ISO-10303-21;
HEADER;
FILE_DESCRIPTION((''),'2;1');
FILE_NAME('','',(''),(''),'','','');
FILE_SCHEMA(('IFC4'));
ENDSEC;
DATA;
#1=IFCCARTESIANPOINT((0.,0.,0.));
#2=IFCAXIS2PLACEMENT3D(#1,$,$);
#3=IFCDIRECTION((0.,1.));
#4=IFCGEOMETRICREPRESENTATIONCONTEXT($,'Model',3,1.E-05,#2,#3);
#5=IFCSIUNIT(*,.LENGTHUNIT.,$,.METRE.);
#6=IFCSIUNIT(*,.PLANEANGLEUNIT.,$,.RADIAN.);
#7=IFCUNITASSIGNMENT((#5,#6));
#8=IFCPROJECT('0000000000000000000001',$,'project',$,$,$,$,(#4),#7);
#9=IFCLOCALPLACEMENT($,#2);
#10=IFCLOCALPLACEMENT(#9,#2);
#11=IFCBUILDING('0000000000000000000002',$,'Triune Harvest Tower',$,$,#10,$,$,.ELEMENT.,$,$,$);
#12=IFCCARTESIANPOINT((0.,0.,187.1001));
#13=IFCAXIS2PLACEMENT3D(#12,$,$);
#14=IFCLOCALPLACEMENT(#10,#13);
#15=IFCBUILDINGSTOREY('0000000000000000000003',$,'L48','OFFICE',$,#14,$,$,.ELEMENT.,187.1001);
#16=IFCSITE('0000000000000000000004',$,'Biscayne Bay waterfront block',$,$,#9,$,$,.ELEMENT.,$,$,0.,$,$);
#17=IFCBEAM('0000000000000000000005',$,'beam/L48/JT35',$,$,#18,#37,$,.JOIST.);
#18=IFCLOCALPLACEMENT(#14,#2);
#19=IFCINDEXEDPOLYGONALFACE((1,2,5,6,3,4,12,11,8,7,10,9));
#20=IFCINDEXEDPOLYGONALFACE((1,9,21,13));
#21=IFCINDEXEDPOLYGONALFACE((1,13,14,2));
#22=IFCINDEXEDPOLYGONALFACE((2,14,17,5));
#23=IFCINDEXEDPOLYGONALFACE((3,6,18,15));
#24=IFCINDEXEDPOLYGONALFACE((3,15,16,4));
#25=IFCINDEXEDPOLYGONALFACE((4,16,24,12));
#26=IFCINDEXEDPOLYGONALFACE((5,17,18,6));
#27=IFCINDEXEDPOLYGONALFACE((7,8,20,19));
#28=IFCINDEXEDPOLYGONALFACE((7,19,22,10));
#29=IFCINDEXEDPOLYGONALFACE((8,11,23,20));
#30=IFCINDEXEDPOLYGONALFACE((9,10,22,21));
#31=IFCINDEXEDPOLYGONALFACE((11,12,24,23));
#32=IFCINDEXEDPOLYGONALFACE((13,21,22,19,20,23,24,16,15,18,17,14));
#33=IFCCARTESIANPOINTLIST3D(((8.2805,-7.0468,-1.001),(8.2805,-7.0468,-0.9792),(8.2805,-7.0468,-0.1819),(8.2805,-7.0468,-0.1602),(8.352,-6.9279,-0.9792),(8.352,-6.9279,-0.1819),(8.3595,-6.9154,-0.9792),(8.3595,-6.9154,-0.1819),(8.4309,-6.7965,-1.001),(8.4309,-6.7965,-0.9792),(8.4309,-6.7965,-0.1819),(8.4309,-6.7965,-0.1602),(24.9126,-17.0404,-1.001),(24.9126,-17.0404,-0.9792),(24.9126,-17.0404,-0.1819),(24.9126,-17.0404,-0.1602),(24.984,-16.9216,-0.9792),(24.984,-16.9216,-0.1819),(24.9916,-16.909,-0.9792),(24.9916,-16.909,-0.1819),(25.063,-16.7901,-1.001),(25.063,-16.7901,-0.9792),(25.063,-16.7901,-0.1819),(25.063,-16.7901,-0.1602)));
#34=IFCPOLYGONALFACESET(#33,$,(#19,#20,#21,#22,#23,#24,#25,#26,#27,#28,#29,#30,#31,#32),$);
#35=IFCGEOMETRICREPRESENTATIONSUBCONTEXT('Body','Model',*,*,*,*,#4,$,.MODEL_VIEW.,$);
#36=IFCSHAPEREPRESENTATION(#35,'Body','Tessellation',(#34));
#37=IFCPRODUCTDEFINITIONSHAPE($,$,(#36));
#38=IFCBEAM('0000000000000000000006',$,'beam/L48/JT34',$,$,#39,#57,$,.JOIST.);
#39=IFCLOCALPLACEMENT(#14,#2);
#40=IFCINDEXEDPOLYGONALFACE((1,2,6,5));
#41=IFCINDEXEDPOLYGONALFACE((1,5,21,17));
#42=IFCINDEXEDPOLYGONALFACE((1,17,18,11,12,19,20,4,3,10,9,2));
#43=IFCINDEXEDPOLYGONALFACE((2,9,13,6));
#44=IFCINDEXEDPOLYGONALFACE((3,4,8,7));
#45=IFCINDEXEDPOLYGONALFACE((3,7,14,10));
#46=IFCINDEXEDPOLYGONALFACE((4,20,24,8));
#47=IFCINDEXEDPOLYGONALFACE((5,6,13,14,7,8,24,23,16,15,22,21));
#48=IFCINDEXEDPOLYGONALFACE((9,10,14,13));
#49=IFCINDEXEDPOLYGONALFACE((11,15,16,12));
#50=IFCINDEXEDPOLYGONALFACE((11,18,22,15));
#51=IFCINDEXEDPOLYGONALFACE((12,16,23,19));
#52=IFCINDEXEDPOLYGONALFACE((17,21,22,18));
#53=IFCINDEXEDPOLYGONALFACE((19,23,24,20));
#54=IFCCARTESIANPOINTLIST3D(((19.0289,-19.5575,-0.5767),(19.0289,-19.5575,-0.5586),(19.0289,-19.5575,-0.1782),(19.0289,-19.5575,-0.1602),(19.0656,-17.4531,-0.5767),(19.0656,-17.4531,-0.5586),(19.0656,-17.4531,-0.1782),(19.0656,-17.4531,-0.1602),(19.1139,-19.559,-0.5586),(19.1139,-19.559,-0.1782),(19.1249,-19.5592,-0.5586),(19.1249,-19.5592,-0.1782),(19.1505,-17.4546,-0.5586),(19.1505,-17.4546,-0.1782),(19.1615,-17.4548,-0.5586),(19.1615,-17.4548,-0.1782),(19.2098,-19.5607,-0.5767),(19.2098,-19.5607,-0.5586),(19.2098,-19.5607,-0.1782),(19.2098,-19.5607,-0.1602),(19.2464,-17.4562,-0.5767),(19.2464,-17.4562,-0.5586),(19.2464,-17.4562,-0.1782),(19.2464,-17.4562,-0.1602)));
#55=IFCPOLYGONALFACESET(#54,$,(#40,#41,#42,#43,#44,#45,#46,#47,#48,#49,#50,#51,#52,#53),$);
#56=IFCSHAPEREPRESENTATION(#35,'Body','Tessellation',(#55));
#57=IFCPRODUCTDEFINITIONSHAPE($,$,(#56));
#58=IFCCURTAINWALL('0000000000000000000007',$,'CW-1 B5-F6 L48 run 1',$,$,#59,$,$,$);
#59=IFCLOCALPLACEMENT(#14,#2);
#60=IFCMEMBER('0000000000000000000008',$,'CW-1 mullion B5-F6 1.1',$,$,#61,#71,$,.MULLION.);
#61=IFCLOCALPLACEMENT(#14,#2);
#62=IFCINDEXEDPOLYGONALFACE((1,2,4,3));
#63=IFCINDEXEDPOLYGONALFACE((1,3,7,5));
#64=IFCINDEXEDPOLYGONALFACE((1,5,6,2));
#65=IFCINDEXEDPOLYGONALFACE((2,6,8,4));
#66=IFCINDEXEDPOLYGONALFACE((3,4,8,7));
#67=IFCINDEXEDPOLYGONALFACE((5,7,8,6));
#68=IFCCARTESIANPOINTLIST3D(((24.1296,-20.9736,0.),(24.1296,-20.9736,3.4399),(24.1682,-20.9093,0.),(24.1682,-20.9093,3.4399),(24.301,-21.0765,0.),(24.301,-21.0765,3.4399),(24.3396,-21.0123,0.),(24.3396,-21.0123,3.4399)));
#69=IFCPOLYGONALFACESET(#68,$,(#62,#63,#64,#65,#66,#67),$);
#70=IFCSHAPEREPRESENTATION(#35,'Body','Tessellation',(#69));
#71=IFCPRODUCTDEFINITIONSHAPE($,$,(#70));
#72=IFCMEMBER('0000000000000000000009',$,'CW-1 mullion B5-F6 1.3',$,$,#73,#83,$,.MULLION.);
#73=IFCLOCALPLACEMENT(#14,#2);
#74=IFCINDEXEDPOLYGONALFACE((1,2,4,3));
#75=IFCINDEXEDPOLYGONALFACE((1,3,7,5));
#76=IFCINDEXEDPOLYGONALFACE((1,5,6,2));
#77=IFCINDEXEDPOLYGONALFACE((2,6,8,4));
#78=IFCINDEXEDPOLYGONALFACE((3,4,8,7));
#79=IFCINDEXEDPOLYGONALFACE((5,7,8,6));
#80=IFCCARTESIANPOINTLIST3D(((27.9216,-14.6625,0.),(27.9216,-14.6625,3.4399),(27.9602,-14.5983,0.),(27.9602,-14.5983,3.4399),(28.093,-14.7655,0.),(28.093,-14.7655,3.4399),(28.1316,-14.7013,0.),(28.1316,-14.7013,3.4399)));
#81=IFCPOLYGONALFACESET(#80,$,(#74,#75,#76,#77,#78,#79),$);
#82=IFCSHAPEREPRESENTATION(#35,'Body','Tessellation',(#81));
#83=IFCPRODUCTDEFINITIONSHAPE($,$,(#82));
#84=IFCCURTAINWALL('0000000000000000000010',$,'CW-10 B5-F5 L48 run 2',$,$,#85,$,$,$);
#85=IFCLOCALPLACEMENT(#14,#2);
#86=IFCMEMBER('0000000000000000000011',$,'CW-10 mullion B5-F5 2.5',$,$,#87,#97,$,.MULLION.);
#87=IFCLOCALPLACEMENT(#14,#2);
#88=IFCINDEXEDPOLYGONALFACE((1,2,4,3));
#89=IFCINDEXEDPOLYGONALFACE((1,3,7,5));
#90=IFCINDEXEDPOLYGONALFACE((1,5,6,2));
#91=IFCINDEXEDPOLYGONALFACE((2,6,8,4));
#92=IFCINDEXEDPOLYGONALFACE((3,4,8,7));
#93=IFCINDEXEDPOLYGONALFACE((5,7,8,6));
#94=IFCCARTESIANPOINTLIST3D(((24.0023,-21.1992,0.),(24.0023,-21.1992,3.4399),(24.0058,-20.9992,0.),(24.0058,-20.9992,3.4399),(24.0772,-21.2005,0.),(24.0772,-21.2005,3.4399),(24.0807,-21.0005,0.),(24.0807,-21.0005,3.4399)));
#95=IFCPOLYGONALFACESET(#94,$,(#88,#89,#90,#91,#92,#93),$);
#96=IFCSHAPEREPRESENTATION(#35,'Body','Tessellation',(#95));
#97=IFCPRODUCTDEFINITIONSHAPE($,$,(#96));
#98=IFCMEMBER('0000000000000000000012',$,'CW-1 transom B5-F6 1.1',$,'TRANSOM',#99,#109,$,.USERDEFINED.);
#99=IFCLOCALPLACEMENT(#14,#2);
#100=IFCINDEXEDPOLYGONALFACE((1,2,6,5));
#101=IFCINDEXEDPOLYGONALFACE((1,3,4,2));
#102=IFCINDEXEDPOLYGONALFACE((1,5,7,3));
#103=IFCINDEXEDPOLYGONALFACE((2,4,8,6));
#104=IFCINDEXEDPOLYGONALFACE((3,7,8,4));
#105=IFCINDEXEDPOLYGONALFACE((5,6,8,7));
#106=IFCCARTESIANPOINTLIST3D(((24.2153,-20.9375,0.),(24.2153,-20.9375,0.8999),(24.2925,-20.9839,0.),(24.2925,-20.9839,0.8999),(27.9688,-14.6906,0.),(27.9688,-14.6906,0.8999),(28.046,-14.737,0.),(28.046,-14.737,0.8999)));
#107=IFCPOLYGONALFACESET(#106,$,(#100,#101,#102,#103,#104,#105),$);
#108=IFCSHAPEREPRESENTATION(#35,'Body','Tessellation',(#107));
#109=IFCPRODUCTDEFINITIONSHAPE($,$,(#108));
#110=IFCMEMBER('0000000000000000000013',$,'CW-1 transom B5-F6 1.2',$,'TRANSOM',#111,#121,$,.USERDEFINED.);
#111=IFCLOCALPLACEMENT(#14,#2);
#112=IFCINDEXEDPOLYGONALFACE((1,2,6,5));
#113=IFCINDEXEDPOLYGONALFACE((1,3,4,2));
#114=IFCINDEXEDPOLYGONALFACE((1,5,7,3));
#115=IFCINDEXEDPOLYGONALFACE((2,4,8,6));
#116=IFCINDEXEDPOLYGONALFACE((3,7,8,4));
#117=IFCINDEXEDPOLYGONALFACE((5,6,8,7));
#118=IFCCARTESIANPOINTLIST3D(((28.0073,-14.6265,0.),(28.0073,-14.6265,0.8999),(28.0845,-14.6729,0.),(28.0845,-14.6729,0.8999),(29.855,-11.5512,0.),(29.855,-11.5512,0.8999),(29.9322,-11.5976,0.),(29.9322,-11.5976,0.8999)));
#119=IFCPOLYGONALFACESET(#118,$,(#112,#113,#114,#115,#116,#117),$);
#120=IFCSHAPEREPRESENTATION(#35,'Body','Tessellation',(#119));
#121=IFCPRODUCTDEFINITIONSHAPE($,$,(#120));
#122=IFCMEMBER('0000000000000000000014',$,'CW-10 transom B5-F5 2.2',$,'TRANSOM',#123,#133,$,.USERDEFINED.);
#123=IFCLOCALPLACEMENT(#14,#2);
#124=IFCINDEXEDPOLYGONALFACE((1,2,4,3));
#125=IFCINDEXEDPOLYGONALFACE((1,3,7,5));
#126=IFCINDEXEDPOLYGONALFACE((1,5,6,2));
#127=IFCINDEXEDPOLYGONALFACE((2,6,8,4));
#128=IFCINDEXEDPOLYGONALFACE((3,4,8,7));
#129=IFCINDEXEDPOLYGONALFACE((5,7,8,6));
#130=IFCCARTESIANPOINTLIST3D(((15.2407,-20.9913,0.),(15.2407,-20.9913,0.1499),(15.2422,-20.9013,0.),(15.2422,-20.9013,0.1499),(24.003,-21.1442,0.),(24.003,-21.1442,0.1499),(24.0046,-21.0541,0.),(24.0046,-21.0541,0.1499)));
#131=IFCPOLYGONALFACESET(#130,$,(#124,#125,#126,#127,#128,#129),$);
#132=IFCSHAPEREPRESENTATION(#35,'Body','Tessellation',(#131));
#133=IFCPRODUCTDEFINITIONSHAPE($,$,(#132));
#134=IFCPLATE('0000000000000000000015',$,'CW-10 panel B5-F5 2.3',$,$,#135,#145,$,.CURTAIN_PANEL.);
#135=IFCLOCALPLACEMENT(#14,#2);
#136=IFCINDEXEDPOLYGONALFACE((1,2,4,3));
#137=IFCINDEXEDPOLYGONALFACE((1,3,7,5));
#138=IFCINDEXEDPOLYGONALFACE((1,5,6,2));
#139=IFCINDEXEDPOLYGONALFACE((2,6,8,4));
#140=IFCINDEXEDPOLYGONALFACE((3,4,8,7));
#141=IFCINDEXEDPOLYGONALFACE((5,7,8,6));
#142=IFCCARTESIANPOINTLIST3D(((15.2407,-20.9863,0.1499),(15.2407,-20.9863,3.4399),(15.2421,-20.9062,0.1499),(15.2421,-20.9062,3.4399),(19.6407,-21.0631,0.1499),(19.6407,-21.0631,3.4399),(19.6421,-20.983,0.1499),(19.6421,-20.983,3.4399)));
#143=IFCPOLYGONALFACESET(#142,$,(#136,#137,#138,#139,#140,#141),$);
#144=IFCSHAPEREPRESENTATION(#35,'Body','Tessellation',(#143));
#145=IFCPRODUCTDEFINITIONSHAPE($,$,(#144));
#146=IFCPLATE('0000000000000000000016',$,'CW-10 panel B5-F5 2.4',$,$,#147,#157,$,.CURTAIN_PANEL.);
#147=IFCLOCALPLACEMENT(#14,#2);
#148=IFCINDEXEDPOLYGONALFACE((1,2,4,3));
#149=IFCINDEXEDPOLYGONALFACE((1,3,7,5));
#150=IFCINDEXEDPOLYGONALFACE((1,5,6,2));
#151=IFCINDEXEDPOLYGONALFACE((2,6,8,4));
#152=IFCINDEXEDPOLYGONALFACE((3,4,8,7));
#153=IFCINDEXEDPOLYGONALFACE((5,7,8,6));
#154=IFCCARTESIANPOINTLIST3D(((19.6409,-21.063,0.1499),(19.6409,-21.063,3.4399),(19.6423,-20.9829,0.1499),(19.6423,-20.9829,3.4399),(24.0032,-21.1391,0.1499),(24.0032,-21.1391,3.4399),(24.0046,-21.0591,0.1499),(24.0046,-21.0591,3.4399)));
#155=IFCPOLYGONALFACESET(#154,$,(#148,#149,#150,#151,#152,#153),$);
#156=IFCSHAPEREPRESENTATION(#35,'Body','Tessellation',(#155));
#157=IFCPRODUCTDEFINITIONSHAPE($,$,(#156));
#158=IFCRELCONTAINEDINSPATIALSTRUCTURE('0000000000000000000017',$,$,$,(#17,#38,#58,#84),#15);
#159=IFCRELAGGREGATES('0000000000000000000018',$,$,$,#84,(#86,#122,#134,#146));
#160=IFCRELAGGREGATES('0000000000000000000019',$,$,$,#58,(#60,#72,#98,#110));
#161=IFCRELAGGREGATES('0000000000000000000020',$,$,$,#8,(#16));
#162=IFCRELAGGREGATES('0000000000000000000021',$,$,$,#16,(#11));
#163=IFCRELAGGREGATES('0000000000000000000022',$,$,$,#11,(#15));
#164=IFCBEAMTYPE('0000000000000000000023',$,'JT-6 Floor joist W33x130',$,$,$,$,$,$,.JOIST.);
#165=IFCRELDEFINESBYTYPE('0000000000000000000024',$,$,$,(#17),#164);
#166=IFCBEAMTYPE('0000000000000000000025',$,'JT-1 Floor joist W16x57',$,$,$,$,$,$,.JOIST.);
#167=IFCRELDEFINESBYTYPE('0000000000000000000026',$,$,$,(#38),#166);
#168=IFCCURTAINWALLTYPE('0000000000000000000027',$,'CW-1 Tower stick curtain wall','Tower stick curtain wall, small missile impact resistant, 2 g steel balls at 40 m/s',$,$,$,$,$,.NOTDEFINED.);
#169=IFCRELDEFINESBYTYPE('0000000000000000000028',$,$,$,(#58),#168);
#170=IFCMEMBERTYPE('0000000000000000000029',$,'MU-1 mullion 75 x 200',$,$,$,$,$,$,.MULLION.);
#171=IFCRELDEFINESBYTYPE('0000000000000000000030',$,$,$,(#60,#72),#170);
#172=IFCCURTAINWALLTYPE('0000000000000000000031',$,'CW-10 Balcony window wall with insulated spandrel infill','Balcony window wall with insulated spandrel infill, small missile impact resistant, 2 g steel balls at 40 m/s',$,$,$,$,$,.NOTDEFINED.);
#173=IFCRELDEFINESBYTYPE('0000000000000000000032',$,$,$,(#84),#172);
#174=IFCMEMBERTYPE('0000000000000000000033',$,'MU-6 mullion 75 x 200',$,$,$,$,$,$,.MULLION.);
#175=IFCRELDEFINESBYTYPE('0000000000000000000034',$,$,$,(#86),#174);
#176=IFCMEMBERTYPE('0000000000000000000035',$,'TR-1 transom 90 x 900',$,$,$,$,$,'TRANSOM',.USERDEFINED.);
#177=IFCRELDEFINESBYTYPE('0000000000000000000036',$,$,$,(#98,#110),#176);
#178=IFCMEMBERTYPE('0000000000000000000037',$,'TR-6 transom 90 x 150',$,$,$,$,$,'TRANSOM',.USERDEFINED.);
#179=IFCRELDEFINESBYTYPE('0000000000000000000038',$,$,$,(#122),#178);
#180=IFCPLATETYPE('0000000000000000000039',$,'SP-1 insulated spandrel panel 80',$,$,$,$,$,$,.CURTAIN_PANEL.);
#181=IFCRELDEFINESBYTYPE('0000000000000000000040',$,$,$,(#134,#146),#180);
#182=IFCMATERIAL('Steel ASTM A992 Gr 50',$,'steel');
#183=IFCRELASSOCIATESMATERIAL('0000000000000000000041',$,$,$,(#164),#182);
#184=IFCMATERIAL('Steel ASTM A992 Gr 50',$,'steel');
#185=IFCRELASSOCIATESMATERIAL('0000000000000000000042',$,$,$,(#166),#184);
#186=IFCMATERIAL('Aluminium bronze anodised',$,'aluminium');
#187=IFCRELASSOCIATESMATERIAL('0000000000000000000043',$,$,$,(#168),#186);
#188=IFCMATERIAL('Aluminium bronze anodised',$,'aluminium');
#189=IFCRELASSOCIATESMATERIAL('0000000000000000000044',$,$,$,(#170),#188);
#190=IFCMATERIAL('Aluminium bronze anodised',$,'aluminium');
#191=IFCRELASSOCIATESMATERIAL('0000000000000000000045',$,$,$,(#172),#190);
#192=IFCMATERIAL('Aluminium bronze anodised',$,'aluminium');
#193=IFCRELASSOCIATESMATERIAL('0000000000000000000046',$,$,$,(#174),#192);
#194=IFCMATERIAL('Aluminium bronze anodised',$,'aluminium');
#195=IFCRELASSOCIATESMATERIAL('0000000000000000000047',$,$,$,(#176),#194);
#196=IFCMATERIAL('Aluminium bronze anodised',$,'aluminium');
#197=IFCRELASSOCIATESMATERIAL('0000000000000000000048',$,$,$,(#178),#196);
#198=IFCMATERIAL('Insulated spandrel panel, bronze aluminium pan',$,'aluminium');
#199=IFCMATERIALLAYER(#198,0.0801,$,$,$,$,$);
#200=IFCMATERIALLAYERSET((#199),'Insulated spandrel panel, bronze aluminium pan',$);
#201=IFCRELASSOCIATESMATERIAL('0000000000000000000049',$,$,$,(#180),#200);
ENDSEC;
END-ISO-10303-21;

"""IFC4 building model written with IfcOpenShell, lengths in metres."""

from ifc_helpers import new_model, si_unit, direction, frame, origin, origin_2d, place, context, subcontext, project, spatial, rectangle, i_section, extrude, source, transform, mapped, material, layer, layer_set, material_profile, profile_set, type_object, element, aggregate, save


model = new_model("IFC4")

# Units and contexts
model_context = context("Model", 3, precision=1e-05, world=origin(), true_north=direction((0.0, 1.0)))
body_context = subcontext(model_context, "Body", "Model", "MODEL_VIEW")
ifc_project = project(units=[si_unit("LENGTHUNIT", "METRE"), si_unit("PLANEANGLEUNIT", "RADIAN")], contexts=[model_context])

# Site, building, storey
site_placement = place(None, origin())
site = spatial("IfcSite", under=ifc_project, at=site_placement, Name="Biscayne Bay waterfront block", CompositionType="ELEMENT", RefElevation=0.0)
building_placement = place(site_placement, origin())
building = spatial("IfcBuilding", under=site, at=building_placement, Name="Triune Harvest Tower", CompositionType="ELEMENT")
storey_placement = place(building_placement, frame((0.0, 0.0, 187.1001)))
storey = spatial("IfcBuildingStorey", under=building, at=storey_placement, Name="L48", Description="OFFICE", CompositionType="ELEMENT", Elevation=187.1001)

# Beams
ifc_material_1 = material(Name="Steel ASTM A992 Gr 50", Category="steel")
ifc_material_profile_1 = material_profile(ifc_material_1, i_section(OverallWidth=0.292, OverallDepth=0.8408, WebThickness=0.0146, FlangeThickness=0.0217, at=origin_2d()), Name="W33x130")
ifc_profile_set_1 = profile_set([ifc_material_profile_1], Name="Steel ASTM A992 Gr 50")
beam_type_1 = type_object("IfcBeamType", Name="JT-6 Floor joist W33x130", PredefinedType="JOIST", material=ifc_profile_set_1)
shared_shape_1 = source(origin(), body_context, "Body", "SweptSolid", [
    extrude(i_section(OverallWidth=0.292, OverallDepth=0.8408, WebThickness=0.0146, FlangeThickness=0.0217, at=origin_2d()), origin(), (0.0, 0.0, 1.0), 19.4036),
])
beam_1_placement = place(storey_placement, frame((24.9878, -16.9153, -0.5806), z_axis=(-0.857165, 0.515041, 0.0), x_axis=(-0.515041, -0.857165, 0.0)))
element("IfcBeam", 1, at=beam_1_placement, inside=storey, type_object=beam_type_1, Name="beam/L48/JT35", PredefinedType="JOIST", context=body_context, shape_type="MappedRepresentation", body=[
    mapped(shared_shape_1, transform((0.0, 0.0, 0.0), scale=1.0)),
])
ifc_material_2 = material(Name="Steel ASTM A992 Gr 50", Category="steel")
ifc_material_profile_2 = material_profile(ifc_material_2, i_section(OverallWidth=0.1809, OverallDepth=0.4165, WebThickness=0.011, FlangeThickness=0.0181, at=origin_2d()), Name="W16x57")
ifc_profile_set_2 = profile_set([ifc_material_profile_2], Name="Steel ASTM A992 Gr 50")
beam_type_2 = type_object("IfcBeamType", Name="JT-1 Floor joist W16x57", PredefinedType="JOIST", material=ifc_profile_set_2)
shared_shape_2 = source(origin(), body_context, "Body", "SweptSolid", [
    extrude(i_section(OverallWidth=0.1809, OverallDepth=0.4165, WebThickness=0.011, FlangeThickness=0.0181, at=origin_2d()), origin(), (0.0, 0.0, 1.0), 2.1047),
])
beam_2_placement = place(storey_placement, frame((19.1194, -19.5591, -0.3684), z_axis=(0.017399, 0.999849, 0.0), x_axis=(-0.999849, 0.017399, 0.0)))
element("IfcBeam", 2, at=beam_2_placement, inside=storey, type_object=beam_type_2, Name="beam/L48/JT34", PredefinedType="JOIST", context=body_context, shape_type="MappedRepresentation", body=[
    mapped(shared_shape_2, transform((0.0, 0.0, 0.0), scale=1.0)),
])

# Curtain wall, members
ifc_material_3 = material(Name="Aluminium bronze anodised", Category="aluminium")
curtain_wall_type_1 = type_object("IfcCurtainWallType", Name="CW-1 Tower stick curtain wall", Description="Tower stick curtain wall, small missile impact resistant, 2 g steel balls at 40 m/s", PredefinedType="NOTDEFINED", material=ifc_material_3)
curtain_wall_1_placement = place(storey_placement, origin())
curtain_wall_1 = element("IfcCurtainWall", 3, at=curtain_wall_1_placement, inside=storey, type_object=curtain_wall_type_1, Name="CW-1 B5-F6 L48 run 1")
ifc_material_4 = material(Name="Aluminium bronze anodised", Category="aluminium")
ifc_material_profile_3 = material_profile(ifc_material_4, rectangle(XDim=0.2, YDim=0.075, at=origin_2d()), Name="MU-1 mullion 75 x 200")
ifc_profile_set_3 = profile_set([ifc_material_profile_3], Name="Aluminium bronze anodised")
member_type_1 = type_object("IfcMemberType", Name="MU-1 mullion 75 x 200", PredefinedType="MULLION", material=ifc_profile_set_3)
shared_shape_3 = source(origin(), body_context, "Body", "SweptSolid", [
    extrude(rectangle(XDim=0.2, YDim=0.075, at=origin_2d()), origin(), (0.0, 0.0, 1.0), 3.4399),
])
member_1_placement = place(storey_placement, frame((24.2346, -20.9929, 0.0), z_axis=(0.0, 0.0, 1.0), x_axis=(-0.857168, 0.515037, 0.0)))
member_1 = element("IfcMember", 4, at=member_1_placement, type_object=member_type_1, Name="CW-1 mullion B5-F6 1.1", PredefinedType="MULLION", context=body_context, shape_type="MappedRepresentation", body=[
    mapped(shared_shape_3, transform((0.0, 0.0, 0.0), scale=1.0)),
])
member_2_placement = place(storey_placement, frame((28.0266, -14.6819, 0.0), z_axis=(0.0, 0.0, 1.0), x_axis=(-0.857168, 0.515037, 0.0)))
member_2 = element("IfcMember", 5, at=member_2_placement, type_object=member_type_1, Name="CW-1 mullion B5-F6 1.3", PredefinedType="MULLION", context=body_context, shape_type="MappedRepresentation", body=[
    mapped(shared_shape_3, transform((0.0, 0.0, 0.0), scale=1.0)),
])

# Curtain wall, member
ifc_material_5 = material(Name="Aluminium bronze anodised", Category="aluminium")
curtain_wall_type_2 = type_object("IfcCurtainWallType", Name="CW-10 Balcony window wall with insulated spandrel infill", Description="Balcony window wall with insulated spandrel infill, small missile impact resistant, 2 g steel balls at 40 m/s", PredefinedType="NOTDEFINED", material=ifc_material_5)
curtain_wall_2_placement = place(storey_placement, origin())
curtain_wall_2 = element("IfcCurtainWall", 6, at=curtain_wall_2_placement, inside=storey, type_object=curtain_wall_type_2, Name="CW-10 B5-F5 L48 run 2")
ifc_material_6 = material(Name="Aluminium bronze anodised", Category="aluminium")
ifc_material_profile_4 = material_profile(ifc_material_6, rectangle(XDim=0.2, YDim=0.075, at=origin_2d()), Name="MU-6 mullion 75 x 200")
ifc_profile_set_4 = profile_set([ifc_material_profile_4], Name="Aluminium bronze anodised")
member_type_2 = type_object("IfcMemberType", Name="MU-6 mullion 75 x 200", PredefinedType="MULLION", material=ifc_profile_set_4)
shared_shape_4 = source(origin(), body_context, "Body", "SweptSolid", [
    extrude(rectangle(XDim=0.2, YDim=0.075, at=origin_2d()), origin(), (0.0, 0.0, 1.0), 3.4399),
])
member_3_placement = place(storey_placement, frame((24.0415, -21.0999, 0.0), z_axis=(0.0, 0.0, 1.0), x_axis=(0.017452, 0.999848, 0.0)))
member_3 = element("IfcMember", 7, at=member_3_placement, type_object=member_type_2, Name="CW-10 mullion B5-F5 2.5", PredefinedType="MULLION", context=body_context, shape_type="MappedRepresentation", body=[
    mapped(shared_shape_4, transform((0.0, 0.0, 0.0), scale=1.0)),
])

# Members
ifc_material_7 = material(Name="Aluminium bronze anodised", Category="aluminium")
ifc_material_profile_5 = material_profile(ifc_material_7, rectangle(XDim=0.0901, YDim=0.8999, at=origin_2d()), Name="TR-1 transom 90 x 900")
ifc_profile_set_5 = profile_set([ifc_material_profile_5], Name="Aluminium bronze anodised")
member_type_3 = type_object("IfcMemberType", Name="TR-1 transom 90 x 900", ElementType="TRANSOM", PredefinedType="USERDEFINED", material=ifc_profile_set_5)
shared_shape_5 = source(origin(), body_context, "Body", "SweptSolid", [
    extrude(rectangle(XDim=0.0901, YDim=0.8999, at=origin_2d()), origin(), (0.0, 0.0, 1.0), 7.2878),
])
member_4_placement = place(storey_placement, frame((24.2539, -20.9607, 0.45), z_axis=(0.515033, 0.857171, 0.0), x_axis=(-0.857171, 0.515033, 0.0)))
member_4 = element("IfcMember", 8, at=member_4_placement, type_object=member_type_3, Name="CW-1 transom B5-F6 1.1", ObjectType="TRANSOM", PredefinedType="USERDEFINED", context=body_context, shape_type="MappedRepresentation", body=[
    mapped(shared_shape_5, transform((0.0, 0.0, 0.0), scale=1.0)),
])
shared_shape_6 = source(origin(), body_context, "Body", "SweptSolid", [
    extrude(rectangle(XDim=0.0901, YDim=0.8999, at=origin_2d()), origin(), (0.0, 0.0, 1.0), 3.5876),
])
member_5_placement = place(storey_placement, frame((28.0459, -14.6497, 0.45), z_axis=(0.515016, 0.857181, 0.0), x_axis=(-0.857181, 0.515016, 0.0)))
member_5 = element("IfcMember", 9, at=member_5_placement, type_object=member_type_3, Name="CW-1 transom B5-F6 1.2", ObjectType="TRANSOM", PredefinedType="USERDEFINED", context=body_context, shape_type="MappedRepresentation", body=[
    mapped(shared_shape_6, transform((0.0, 0.0, 0.0), scale=1.0)),
])
ifc_material_8 = material(Name="Aluminium bronze anodised", Category="aluminium")
ifc_material_profile_6 = material_profile(ifc_material_8, rectangle(XDim=0.0901, YDim=0.1499, at=origin_2d()), Name="TR-6 transom 90 x 150")
ifc_profile_set_6 = profile_set([ifc_material_profile_6], Name="Aluminium bronze anodised")
member_type_4 = type_object("IfcMemberType", Name="TR-6 transom 90 x 150", ElementType="TRANSOM", PredefinedType="USERDEFINED", material=ifc_profile_set_6)
shared_shape_7 = source(origin(), body_context, "Body", "SweptSolid", [
    extrude(rectangle(XDim=0.0901, YDim=0.1499, at=origin_2d()), origin(), (0.0, 0.0, 1.0), 8.7637),
])
member_6_placement = place(storey_placement, frame((15.2415, -20.9463, 0.075), z_axis=(0.999848, -0.017439, 0.0), x_axis=(0.017439, 0.999848, 0.0)))
member_6 = element("IfcMember", 10, at=member_6_placement, type_object=member_type_4, Name="CW-10 transom B5-F5 2.2", ObjectType="TRANSOM", PredefinedType="USERDEFINED", context=body_context, shape_type="MappedRepresentation", body=[
    mapped(shared_shape_7, transform((0.0, 0.0, 0.0), scale=1.0)),
])

# Plates
ifc_material_9 = material(Name="Insulated spandrel panel, bronze aluminium pan", Category="aluminium")
ifc_layer_1 = layer(ifc_material_9, 0.0801)
ifc_layer_set_1 = layer_set([ifc_layer_1], Name="Insulated spandrel panel, bronze aluminium pan")
plate_type_1 = type_object("IfcPlateType", Name="SP-1 insulated spandrel panel 80", PredefinedType="CURTAIN_PANEL", material=ifc_layer_set_1)
shared_shape_8 = source(origin(), body_context, "Body", "SweptSolid", [
    extrude(rectangle(XDim=4.4006, YDim=0.0801, at=origin_2d()), origin(), (0.0, 0.0, 1.0), 3.29),
])
plate_1_placement = place(storey_placement, frame((17.4414, -20.9846, 0.1499), z_axis=(0.0, 0.0, 1.0), x_axis=(0.999848, -0.017452, 0.0)))
plate_1 = element("IfcPlate", 11, at=plate_1_placement, type_object=plate_type_1, Name="CW-10 panel B5-F5 2.3", PredefinedType="CURTAIN_PANEL", context=body_context, shape_type="MappedRepresentation", body=[
    mapped(shared_shape_8, transform((0.0, 0.0, 0.0), scale=1.0)),
])
shared_shape_9 = source(origin(), body_context, "Body", "SweptSolid", [
    extrude(rectangle(XDim=4.363, YDim=0.0801, at=origin_2d()), origin(), (0.0, 0.0, 1.0), 3.29),
])
plate_2_placement = place(storey_placement, frame((21.8228, -21.061, 0.1499), z_axis=(0.0, 0.0, 1.0), x_axis=(0.999848, -0.017452, 0.0)))
plate_2 = element("IfcPlate", 12, at=plate_2_placement, type_object=plate_type_1, Name="CW-10 panel B5-F5 2.4", PredefinedType="CURTAIN_PANEL", context=body_context, shape_type="MappedRepresentation", body=[
    mapped(shared_shape_9, transform((0.0, 0.0, 0.0), scale=1.0)),
])
aggregate(curtain_wall_2, [member_3, member_6, plate_1, plate_2])
aggregate(curtain_wall_1, [member_1, member_2, member_4, member_5])

save(model, "model.ifc")
